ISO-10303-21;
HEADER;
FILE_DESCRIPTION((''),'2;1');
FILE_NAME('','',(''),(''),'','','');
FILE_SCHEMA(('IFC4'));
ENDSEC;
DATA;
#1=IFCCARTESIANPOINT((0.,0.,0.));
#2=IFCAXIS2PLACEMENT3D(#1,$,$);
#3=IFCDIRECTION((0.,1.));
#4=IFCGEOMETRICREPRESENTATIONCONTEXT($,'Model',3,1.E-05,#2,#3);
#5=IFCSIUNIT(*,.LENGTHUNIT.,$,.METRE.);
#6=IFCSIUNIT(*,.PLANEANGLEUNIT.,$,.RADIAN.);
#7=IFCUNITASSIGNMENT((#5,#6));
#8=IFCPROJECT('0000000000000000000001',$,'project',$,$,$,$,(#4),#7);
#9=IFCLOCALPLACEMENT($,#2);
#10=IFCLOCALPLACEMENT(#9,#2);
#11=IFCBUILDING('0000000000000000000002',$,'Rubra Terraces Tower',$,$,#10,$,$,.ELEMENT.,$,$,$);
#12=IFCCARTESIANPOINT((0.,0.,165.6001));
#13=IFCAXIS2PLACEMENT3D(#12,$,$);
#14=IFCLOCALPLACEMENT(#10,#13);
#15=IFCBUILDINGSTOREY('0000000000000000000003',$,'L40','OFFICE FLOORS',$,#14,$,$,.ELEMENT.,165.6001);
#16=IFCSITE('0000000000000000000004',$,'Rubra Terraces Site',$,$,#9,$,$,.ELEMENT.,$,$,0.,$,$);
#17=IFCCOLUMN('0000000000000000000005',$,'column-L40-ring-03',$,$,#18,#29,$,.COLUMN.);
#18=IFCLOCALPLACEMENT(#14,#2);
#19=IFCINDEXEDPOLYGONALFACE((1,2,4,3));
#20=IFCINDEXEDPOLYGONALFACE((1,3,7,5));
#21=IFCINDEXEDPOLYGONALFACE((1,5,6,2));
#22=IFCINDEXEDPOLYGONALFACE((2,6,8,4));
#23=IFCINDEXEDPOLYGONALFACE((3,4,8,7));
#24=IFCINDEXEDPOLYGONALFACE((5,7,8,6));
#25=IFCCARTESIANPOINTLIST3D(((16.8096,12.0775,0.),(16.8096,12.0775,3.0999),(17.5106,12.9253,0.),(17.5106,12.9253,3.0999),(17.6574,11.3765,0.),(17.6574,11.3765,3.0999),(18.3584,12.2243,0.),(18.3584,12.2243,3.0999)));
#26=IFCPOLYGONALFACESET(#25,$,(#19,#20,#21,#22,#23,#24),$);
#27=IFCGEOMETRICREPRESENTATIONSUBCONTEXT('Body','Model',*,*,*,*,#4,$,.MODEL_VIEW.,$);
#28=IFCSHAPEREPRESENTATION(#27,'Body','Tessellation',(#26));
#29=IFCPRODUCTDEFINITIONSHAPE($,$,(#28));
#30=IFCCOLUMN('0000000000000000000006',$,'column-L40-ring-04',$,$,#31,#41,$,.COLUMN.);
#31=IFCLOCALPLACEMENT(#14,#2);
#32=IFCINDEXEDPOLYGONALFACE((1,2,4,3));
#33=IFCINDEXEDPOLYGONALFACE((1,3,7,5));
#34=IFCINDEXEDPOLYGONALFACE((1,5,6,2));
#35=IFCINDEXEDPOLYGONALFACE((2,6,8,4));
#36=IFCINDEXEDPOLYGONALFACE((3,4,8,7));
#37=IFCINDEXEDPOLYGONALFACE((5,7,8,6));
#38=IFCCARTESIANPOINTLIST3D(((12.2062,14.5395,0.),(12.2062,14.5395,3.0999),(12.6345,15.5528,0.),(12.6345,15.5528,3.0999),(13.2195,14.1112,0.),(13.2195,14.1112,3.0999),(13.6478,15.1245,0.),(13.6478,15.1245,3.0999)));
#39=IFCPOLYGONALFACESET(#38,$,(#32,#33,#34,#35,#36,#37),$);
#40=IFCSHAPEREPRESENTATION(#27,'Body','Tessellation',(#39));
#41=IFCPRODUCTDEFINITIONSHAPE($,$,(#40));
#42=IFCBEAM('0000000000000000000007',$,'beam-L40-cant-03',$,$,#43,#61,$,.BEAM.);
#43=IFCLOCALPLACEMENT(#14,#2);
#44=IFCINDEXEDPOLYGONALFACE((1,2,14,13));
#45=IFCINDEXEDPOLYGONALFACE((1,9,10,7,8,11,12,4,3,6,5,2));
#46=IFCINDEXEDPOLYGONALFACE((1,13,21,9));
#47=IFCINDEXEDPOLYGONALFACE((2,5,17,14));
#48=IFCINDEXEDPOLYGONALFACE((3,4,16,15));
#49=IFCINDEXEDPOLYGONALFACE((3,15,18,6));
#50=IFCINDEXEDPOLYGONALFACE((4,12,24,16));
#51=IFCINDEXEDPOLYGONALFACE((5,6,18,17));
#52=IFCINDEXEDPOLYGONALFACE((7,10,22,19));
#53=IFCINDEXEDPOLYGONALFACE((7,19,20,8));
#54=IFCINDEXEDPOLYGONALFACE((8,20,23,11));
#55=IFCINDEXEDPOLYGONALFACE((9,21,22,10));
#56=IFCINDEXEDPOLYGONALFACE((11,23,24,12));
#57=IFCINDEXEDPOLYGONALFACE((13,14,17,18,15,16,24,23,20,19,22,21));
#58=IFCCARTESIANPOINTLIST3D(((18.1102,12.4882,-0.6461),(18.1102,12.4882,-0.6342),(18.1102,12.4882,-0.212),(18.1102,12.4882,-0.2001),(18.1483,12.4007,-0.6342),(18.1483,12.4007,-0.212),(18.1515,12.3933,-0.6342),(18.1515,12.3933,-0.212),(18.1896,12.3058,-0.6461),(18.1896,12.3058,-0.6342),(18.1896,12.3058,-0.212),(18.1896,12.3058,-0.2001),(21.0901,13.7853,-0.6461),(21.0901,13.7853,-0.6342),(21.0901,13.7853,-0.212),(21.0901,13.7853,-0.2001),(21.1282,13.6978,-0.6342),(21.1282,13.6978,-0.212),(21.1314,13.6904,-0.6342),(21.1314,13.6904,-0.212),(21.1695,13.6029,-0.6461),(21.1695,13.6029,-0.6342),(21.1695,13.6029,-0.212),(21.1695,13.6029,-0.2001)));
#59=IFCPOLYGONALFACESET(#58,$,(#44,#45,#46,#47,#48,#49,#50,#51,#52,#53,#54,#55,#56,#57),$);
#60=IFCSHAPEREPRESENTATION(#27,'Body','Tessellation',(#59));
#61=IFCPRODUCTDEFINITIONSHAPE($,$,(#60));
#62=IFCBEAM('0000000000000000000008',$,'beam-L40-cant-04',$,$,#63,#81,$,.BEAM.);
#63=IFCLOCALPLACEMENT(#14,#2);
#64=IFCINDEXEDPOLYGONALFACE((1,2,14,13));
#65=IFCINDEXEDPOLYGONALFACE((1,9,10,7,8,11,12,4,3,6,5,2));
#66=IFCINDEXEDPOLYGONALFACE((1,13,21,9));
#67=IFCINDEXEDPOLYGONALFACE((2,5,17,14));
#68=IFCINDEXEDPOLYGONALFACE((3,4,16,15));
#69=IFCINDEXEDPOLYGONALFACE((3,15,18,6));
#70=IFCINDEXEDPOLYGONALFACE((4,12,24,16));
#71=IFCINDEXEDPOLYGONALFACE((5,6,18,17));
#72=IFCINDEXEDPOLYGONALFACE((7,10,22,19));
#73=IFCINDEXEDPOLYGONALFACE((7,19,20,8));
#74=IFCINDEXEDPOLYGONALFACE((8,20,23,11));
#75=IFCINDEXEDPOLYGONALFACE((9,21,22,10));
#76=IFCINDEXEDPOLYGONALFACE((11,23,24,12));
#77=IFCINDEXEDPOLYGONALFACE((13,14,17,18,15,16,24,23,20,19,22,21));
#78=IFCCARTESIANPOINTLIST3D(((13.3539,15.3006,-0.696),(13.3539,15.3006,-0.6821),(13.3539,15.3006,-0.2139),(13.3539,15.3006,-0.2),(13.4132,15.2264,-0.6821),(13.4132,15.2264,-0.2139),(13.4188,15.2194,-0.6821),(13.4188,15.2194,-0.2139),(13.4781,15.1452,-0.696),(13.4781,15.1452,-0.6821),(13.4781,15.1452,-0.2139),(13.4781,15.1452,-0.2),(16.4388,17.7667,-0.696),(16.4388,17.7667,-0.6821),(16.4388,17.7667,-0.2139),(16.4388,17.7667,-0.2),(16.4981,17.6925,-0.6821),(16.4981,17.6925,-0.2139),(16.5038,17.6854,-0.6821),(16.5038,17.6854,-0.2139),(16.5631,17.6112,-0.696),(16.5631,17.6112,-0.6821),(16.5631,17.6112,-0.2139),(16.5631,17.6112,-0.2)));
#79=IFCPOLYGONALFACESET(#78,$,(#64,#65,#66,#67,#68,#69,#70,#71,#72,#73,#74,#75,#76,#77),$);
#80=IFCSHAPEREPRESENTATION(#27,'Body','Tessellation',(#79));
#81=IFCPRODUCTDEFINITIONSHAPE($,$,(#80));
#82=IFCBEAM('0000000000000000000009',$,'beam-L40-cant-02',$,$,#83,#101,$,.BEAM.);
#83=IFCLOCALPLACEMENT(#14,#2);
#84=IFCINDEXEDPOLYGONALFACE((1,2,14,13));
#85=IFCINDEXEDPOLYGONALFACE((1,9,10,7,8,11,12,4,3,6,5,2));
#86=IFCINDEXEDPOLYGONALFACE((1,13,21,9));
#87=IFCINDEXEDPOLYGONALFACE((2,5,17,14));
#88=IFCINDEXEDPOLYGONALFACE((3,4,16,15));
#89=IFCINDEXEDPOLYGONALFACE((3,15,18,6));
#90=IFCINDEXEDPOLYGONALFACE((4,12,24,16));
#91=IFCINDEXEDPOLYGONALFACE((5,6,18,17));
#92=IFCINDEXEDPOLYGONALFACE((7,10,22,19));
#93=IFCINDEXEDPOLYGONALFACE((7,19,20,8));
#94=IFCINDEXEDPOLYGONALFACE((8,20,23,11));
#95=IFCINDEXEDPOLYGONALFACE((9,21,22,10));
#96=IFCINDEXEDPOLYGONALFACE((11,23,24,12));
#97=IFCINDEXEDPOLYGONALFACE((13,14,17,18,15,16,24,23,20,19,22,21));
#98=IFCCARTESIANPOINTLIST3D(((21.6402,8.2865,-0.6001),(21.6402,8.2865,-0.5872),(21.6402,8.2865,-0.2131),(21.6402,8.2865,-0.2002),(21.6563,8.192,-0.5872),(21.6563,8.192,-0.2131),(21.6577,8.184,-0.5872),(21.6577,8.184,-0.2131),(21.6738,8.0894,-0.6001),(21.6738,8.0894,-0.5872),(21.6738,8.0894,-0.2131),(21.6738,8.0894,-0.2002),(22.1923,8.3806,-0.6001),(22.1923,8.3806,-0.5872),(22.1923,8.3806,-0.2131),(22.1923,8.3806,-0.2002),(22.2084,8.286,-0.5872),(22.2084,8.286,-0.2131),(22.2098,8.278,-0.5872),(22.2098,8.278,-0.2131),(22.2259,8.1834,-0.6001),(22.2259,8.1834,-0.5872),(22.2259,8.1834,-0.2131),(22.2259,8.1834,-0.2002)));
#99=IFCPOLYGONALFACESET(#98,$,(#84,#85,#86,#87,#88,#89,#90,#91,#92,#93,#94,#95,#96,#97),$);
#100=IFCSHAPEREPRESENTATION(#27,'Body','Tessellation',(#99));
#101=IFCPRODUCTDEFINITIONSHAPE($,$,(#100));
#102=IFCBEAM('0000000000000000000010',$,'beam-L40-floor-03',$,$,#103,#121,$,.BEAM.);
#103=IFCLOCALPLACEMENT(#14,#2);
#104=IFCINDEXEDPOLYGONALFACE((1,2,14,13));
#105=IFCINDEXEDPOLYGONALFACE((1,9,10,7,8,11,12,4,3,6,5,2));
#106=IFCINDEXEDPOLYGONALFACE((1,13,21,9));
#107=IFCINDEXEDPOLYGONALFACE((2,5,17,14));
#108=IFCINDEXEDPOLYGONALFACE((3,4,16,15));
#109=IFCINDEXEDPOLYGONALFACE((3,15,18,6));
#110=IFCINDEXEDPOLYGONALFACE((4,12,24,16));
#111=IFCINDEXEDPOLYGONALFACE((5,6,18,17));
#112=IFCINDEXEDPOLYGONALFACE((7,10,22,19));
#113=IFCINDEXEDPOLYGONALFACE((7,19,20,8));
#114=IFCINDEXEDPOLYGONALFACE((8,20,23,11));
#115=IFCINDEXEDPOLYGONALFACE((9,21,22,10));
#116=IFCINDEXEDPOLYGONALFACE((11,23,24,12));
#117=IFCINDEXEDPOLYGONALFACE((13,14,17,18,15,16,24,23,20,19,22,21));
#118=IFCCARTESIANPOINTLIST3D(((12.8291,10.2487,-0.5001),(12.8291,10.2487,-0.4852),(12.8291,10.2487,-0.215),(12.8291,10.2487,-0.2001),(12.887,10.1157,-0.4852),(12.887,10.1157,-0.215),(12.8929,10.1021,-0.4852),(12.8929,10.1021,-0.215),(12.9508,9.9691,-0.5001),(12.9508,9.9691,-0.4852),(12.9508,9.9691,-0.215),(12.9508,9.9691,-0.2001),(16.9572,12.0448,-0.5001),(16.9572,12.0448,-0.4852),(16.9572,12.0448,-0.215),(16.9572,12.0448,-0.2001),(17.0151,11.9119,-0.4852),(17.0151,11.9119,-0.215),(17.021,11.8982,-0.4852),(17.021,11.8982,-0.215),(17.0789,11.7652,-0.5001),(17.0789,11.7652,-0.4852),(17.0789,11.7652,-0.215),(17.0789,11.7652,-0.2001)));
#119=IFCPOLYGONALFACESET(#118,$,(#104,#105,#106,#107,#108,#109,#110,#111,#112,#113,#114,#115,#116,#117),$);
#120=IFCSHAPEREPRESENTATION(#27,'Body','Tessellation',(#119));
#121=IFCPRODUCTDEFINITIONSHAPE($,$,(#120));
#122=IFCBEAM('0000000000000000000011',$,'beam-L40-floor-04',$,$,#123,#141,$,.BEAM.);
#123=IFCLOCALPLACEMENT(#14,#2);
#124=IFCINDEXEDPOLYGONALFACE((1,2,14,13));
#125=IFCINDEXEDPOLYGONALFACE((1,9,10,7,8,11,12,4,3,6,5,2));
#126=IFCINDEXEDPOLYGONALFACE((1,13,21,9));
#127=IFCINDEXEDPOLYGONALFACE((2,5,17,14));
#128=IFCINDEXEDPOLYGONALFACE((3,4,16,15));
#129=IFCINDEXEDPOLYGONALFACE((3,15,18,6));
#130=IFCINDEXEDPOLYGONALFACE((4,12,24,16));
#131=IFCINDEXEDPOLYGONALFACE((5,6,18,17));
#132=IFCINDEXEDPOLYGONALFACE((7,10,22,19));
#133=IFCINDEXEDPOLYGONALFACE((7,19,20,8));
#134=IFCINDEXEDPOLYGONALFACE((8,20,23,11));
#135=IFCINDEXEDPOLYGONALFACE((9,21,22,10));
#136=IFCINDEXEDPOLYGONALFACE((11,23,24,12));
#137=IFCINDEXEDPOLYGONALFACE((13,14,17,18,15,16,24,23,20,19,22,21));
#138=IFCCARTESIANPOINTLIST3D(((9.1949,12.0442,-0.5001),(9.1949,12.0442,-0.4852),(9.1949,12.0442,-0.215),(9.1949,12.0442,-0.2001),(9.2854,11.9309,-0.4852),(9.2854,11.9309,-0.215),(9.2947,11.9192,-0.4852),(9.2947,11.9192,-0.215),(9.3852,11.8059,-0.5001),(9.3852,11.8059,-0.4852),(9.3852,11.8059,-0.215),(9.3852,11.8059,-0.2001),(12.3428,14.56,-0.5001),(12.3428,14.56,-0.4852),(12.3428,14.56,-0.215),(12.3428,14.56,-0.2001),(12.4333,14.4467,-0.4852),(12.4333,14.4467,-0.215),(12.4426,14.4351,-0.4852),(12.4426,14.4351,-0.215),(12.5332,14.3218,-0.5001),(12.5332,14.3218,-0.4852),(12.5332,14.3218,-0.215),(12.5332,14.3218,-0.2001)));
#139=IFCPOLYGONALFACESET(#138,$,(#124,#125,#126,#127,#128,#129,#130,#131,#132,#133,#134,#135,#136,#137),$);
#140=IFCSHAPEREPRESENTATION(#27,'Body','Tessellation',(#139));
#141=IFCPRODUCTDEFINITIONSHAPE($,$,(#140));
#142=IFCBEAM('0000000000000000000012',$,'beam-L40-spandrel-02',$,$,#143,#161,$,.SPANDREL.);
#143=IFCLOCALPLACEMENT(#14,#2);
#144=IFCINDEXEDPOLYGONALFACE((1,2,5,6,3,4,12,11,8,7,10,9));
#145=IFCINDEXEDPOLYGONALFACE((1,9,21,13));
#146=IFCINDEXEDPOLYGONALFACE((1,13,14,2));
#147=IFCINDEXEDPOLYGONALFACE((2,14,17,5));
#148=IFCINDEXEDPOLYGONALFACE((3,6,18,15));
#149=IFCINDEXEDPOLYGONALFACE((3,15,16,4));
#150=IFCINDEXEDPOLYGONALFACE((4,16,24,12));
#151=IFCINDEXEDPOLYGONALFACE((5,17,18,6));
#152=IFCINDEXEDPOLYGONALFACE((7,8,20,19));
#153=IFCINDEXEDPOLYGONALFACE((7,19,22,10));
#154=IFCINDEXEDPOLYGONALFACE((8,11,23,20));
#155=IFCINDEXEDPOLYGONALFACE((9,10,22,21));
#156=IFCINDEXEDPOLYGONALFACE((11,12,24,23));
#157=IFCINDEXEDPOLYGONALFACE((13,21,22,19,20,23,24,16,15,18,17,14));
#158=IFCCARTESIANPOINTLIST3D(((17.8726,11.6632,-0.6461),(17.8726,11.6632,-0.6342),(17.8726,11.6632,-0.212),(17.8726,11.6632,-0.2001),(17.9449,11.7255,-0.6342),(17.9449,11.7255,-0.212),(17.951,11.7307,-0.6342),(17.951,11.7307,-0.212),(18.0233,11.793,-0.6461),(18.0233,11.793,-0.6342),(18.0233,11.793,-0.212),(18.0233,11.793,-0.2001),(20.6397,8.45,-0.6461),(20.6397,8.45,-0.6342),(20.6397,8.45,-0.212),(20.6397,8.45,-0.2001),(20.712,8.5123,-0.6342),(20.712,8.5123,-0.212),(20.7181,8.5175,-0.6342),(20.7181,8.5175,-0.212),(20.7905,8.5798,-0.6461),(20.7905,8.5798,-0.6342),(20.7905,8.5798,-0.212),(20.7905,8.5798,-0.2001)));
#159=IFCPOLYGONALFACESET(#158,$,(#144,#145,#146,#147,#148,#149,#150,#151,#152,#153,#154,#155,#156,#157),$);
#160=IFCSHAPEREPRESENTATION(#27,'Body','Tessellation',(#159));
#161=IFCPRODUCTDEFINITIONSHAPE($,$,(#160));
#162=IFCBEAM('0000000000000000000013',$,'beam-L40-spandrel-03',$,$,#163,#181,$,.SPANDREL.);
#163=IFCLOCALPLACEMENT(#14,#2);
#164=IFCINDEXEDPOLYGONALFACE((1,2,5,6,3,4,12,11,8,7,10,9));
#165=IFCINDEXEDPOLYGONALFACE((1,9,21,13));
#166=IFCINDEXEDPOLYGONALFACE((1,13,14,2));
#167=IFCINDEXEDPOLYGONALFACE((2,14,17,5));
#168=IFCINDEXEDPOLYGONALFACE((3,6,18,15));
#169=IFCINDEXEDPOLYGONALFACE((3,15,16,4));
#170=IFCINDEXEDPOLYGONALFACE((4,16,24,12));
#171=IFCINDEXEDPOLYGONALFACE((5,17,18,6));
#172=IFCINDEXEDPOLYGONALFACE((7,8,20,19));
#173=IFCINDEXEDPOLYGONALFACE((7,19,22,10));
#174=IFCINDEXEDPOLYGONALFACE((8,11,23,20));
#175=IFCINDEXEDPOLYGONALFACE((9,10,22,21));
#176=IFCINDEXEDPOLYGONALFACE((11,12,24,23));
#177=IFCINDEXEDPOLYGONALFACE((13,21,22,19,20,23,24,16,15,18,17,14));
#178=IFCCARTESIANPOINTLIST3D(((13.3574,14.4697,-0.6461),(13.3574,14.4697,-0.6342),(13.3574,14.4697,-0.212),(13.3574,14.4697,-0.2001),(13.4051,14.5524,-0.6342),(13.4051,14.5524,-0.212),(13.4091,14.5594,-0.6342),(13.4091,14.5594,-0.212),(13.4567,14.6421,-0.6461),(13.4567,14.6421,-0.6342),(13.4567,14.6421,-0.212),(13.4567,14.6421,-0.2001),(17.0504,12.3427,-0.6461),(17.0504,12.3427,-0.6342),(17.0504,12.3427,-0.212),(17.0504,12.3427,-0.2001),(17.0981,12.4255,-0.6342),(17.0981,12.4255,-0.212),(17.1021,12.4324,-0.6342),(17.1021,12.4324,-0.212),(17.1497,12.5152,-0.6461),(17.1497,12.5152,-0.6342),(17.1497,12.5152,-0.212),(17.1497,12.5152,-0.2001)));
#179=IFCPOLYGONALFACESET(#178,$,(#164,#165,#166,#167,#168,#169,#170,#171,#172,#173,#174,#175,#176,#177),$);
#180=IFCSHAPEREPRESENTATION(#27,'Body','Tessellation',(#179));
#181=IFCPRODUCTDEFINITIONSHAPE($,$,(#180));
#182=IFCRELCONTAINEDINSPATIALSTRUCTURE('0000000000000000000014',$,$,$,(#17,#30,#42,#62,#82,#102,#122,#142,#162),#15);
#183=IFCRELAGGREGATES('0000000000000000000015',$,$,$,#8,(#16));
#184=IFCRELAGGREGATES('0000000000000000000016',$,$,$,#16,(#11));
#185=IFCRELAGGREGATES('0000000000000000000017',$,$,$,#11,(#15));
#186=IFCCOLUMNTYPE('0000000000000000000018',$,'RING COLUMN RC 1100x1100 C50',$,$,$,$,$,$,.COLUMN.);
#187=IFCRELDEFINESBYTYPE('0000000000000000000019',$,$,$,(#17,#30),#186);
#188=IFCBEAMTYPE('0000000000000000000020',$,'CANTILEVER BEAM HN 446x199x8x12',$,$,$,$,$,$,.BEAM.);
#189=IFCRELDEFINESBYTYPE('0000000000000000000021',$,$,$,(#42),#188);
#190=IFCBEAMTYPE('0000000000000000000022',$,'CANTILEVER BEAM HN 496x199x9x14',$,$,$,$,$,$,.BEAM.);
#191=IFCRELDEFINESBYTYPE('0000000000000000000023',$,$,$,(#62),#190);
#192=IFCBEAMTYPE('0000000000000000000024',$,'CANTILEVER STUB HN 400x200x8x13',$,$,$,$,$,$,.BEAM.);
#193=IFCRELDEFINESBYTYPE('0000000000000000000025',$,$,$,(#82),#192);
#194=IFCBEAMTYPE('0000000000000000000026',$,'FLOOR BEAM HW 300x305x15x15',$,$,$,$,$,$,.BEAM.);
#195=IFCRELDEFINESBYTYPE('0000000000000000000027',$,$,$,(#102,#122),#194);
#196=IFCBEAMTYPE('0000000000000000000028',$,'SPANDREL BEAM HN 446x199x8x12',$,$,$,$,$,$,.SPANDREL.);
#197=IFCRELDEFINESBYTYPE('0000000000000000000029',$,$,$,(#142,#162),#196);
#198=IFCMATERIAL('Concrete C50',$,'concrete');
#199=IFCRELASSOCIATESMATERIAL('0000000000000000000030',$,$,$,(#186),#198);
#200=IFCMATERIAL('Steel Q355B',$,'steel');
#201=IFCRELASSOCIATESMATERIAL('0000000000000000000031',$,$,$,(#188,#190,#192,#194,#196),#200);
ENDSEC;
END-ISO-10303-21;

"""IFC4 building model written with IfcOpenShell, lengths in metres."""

from ifc_helpers import new_model, si_unit, direction, frame, origin, origin_2d, place, context, subcontext, project, spatial, rectangle, i_section, extrude, material, material_profile, profile_set, type_object, element, save


model = new_model("IFC4")

# Units and contexts
model_context = context("Model", 3, precision=1e-05, world=origin(), true_north=direction((0.0, 1.0)))
body_context = subcontext(model_context, "Body", "Model", "MODEL_VIEW")
ifc_project = project(units=[si_unit("LENGTHUNIT", "METRE"), si_unit("PLANEANGLEUNIT", "RADIAN")], contexts=[model_context])

# Site, building, storey
site_placement = place(None, origin())
site = spatial("IfcSite", under=ifc_project, at=site_placement, Name="Rubra Terraces Site", CompositionType="ELEMENT", RefElevation=0.0)
building_placement = place(site_placement, origin())
building = spatial("IfcBuilding", under=site, at=building_placement, Name="Rubra Terraces Tower", CompositionType="ELEMENT")
storey_placement = place(building_placement, frame((0.0, 0.0, 165.6001)))
storey = spatial("IfcBuildingStorey", under=building, at=storey_placement, Name="L40", Description="OFFICE FLOORS", CompositionType="ELEMENT", Elevation=165.6001)

# Columns
ifc_material_1 = material(Name="Concrete C50", Category="concrete")
ifc_material_profile_1 = material_profile(ifc_material_1, rectangle(XDim=1.1001, YDim=1.1001, at=origin_2d()), Name="RC 1100x1100")
ifc_profile_set_1 = profile_set([ifc_material_profile_1], Name="Concrete C50")
column_type = type_object("IfcColumnType", Name="RING COLUMN RC 1100x1100 C50", PredefinedType="COLUMN", material=ifc_profile_set_1)
for number, where, z_axis, x_axis, name in (
    (1, (17.584, 12.1509, 0.0), (0.0, 0.0, 1.0), (-0.770679, 0.637223, 0.0), "column-L40-ring-03"),
    (2, (12.927, 14.832, 0.0), (0.0, 0.0, 1.0), (-0.921106, 0.389313, 0.0), "column-L40-ring-04"),
):
    element("IfcColumn", number, at=place(storey_placement, frame(where, z_axis=z_axis, x_axis=x_axis)), inside=storey, type_object=column_type, Name=name, PredefinedType="COLUMN", context=body_context, shape_type="SweptSolid", body=[
        extrude(rectangle(XDim=1.1001, YDim=1.1001, at=origin_2d()), origin(), (0.0, 0.0, 1.0), 3.0999),
    ])

# Beams
ifc_material_2 = material(Name="Steel Q355B", Category="steel")
ifc_material_profile_2 = material_profile(ifc_material_2, i_section(OverallWidth=0.199, OverallDepth=0.446, WebThickness=0.0081, FlangeThickness=0.012, at=origin_2d()), Name="HN 446x199x8x12")
ifc_profile_set_2 = profile_set([ifc_material_profile_2], Name="Steel Q355B")
beam_type_1 = type_object("IfcBeamType", Name="CANTILEVER BEAM HN 446x199x8x12", PredefinedType="BEAM", material=ifc_profile_set_2)
beam_1_placement = place(storey_placement, frame((18.1499, 12.397, -0.4231), z_axis=(0.916904, 0.399108, 0.0), x_axis=(-0.399108, 0.916904, 0.0)))
element("IfcBeam", 3, at=beam_1_placement, inside=storey, type_object=beam_type_1, Name="beam-L40-cant-03", PredefinedType="BEAM", context=body_context, shape_type="SweptSolid", body=[
    extrude(i_section(OverallWidth=0.199, OverallDepth=0.446, WebThickness=0.0081, FlangeThickness=0.012, at=origin_2d()), origin(), (0.0, 0.0, 1.0), 3.25),
])
ifc_material_profile_3 = material_profile(ifc_material_2, i_section(OverallWidth=0.199, OverallDepth=0.4961, WebThickness=0.009, FlangeThickness=0.0139, at=origin_2d()), Name="HN 496x199x9x14")
ifc_profile_set_3 = profile_set([ifc_material_profile_3], Name="Steel Q355B")
beam_type_2 = type_object("IfcBeamType", Name="CANTILEVER BEAM HN 496x199x9x14", PredefinedType="BEAM", material=ifc_profile_set_3)
beam_2_placement = place(storey_placement, frame((13.416, 15.2229, -0.448), z_axis=(0.781104, 0.624401, 0.0), x_axis=(-0.624401, 0.781104, 0.0)))
element("IfcBeam", 4, at=beam_2_placement, inside=storey, type_object=beam_type_2, Name="beam-L40-cant-04", PredefinedType="BEAM", context=body_context, shape_type="SweptSolid", body=[
    extrude(i_section(OverallWidth=0.199, OverallDepth=0.4961, WebThickness=0.009, FlangeThickness=0.0139, at=origin_2d()), origin(), (0.0, 0.0, 1.0), 3.9495),
])
ifc_material_profile_4 = material_profile(ifc_material_2, i_section(OverallWidth=0.2, OverallDepth=0.3999, WebThickness=0.0081, FlangeThickness=0.0129, at=origin_2d()), Name="HN 400x200x8x13")
ifc_profile_set_4 = profile_set([ifc_material_profile_4], Name="Steel Q355B")
beam_type_3 = type_object("IfcBeamType", Name="CANTILEVER STUB HN 400x200x8x13", PredefinedType="BEAM", material=ifc_profile_set_4)
beam_3_placement = place(storey_placement, frame((21.657, 8.188, -0.4001), z_axis=(0.98581, 0.167862, 0.0), x_axis=(-0.167862, 0.98581, 0.0)))
element("IfcBeam", 5, at=beam_3_placement, inside=storey, type_object=beam_type_3, Name="beam-L40-cant-02", PredefinedType="BEAM", context=body_context, shape_type="SweptSolid", body=[
    extrude(i_section(OverallWidth=0.2, OverallDepth=0.3999, WebThickness=0.0081, FlangeThickness=0.0129, at=origin_2d()), origin(), (0.0, 0.0, 1.0), 0.5601),
])
ifc_material_profile_5 = material_profile(ifc_material_2, i_section(OverallWidth=0.3049, OverallDepth=0.3, WebThickness=0.0149, FlangeThickness=0.0149, at=origin_2d()), Name="HW 300x305x15x15")
ifc_profile_set_5 = profile_set([ifc_material_profile_5], Name="Steel Q355B")
beam_type_4 = type_object("IfcBeamType", Name="FLOOR BEAM HW 300x305x15x15", PredefinedType="BEAM", material=ifc_profile_set_5)
beam_4_placement = place(storey_placement, frame((17.0181, 11.905, -0.3501), z_axis=(-0.916966, -0.398966, 0.0), x_axis=(0.398966, -0.916966, 0.0)))
element("IfcBeam", 6, at=beam_4_placement, inside=storey, type_object=beam_type_4, Name="beam-L40-floor-03", PredefinedType="BEAM", context=body_context, shape_type="SweptSolid", body=[
    extrude(i_section(OverallWidth=0.3049, OverallDepth=0.3, WebThickness=0.0149, FlangeThickness=0.0149, at=origin_2d()), origin(), (0.0, 0.0, 1.0), 4.502),
])
beam_5_placement = place(storey_placement, frame((12.438, 14.4409, -0.3501), z_axis=(-0.78117, -0.624318, 0.0), x_axis=(0.624318, -0.78117, 0.0)))
element("IfcBeam", 7, at=beam_5_placement, inside=storey, type_object=beam_type_4, Name="beam-L40-floor-04", PredefinedType="BEAM", context=body_context, shape_type="SweptSolid", body=[
    extrude(i_section(OverallWidth=0.3049, OverallDepth=0.3, WebThickness=0.0149, FlangeThickness=0.0149, at=origin_2d()), origin(), (0.0, 0.0, 1.0), 4.0298),
])
ifc_material_profile_6 = material_profile(ifc_material_2, i_section(OverallWidth=0.199, OverallDepth=0.446, WebThickness=0.0081, FlangeThickness=0.012, at=origin_2d()), Name="HN 446x199x8x12")
ifc_profile_set_6 = profile_set([ifc_material_profile_6], Name="Steel Q355B")
beam_type_5 = type_object("IfcBeamType", Name="SPANDREL BEAM HN 446x199x8x12", PredefinedType="SPANDREL", material=ifc_profile_set_6)
beam_6_placement = place(storey_placement, frame((20.7151, 8.5149, -0.4231), z_axis=(-0.652553, 0.757743, 0.0), x_axis=(-0.757743, -0.652553, 0.0)))
element("IfcBeam", 8, at=beam_6_placement, inside=storey, type_object=beam_type_5, Name="beam-L40-spandrel-02", PredefinedType="SPANDREL", context=body_context, shape_type="SweptSolid", body=[
    extrude(i_section(OverallWidth=0.199, OverallDepth=0.446, WebThickness=0.0081, FlangeThickness=0.012, at=origin_2d()), origin(), (0.0, 0.0, 1.0), 4.2405),
])
beam_7_placement = place(storey_placement, frame((17.1001, 12.429, -0.4231), z_axis=(-0.86656, 0.499073, 0.0), x_axis=(-0.499073, -0.86656, 0.0)))
element("IfcBeam", 9, at=beam_7_placement, inside=storey, type_object=beam_type_5, Name="beam-L40-spandrel-03", PredefinedType="SPANDREL", context=body_context, shape_type="SweptSolid", body=[
    extrude(i_section(OverallWidth=0.199, OverallDepth=0.446, WebThickness=0.0081, FlangeThickness=0.012, at=origin_2d()), origin(), (0.0, 0.0, 1.0), 4.2617),
])

save(model, "model.ifc")
